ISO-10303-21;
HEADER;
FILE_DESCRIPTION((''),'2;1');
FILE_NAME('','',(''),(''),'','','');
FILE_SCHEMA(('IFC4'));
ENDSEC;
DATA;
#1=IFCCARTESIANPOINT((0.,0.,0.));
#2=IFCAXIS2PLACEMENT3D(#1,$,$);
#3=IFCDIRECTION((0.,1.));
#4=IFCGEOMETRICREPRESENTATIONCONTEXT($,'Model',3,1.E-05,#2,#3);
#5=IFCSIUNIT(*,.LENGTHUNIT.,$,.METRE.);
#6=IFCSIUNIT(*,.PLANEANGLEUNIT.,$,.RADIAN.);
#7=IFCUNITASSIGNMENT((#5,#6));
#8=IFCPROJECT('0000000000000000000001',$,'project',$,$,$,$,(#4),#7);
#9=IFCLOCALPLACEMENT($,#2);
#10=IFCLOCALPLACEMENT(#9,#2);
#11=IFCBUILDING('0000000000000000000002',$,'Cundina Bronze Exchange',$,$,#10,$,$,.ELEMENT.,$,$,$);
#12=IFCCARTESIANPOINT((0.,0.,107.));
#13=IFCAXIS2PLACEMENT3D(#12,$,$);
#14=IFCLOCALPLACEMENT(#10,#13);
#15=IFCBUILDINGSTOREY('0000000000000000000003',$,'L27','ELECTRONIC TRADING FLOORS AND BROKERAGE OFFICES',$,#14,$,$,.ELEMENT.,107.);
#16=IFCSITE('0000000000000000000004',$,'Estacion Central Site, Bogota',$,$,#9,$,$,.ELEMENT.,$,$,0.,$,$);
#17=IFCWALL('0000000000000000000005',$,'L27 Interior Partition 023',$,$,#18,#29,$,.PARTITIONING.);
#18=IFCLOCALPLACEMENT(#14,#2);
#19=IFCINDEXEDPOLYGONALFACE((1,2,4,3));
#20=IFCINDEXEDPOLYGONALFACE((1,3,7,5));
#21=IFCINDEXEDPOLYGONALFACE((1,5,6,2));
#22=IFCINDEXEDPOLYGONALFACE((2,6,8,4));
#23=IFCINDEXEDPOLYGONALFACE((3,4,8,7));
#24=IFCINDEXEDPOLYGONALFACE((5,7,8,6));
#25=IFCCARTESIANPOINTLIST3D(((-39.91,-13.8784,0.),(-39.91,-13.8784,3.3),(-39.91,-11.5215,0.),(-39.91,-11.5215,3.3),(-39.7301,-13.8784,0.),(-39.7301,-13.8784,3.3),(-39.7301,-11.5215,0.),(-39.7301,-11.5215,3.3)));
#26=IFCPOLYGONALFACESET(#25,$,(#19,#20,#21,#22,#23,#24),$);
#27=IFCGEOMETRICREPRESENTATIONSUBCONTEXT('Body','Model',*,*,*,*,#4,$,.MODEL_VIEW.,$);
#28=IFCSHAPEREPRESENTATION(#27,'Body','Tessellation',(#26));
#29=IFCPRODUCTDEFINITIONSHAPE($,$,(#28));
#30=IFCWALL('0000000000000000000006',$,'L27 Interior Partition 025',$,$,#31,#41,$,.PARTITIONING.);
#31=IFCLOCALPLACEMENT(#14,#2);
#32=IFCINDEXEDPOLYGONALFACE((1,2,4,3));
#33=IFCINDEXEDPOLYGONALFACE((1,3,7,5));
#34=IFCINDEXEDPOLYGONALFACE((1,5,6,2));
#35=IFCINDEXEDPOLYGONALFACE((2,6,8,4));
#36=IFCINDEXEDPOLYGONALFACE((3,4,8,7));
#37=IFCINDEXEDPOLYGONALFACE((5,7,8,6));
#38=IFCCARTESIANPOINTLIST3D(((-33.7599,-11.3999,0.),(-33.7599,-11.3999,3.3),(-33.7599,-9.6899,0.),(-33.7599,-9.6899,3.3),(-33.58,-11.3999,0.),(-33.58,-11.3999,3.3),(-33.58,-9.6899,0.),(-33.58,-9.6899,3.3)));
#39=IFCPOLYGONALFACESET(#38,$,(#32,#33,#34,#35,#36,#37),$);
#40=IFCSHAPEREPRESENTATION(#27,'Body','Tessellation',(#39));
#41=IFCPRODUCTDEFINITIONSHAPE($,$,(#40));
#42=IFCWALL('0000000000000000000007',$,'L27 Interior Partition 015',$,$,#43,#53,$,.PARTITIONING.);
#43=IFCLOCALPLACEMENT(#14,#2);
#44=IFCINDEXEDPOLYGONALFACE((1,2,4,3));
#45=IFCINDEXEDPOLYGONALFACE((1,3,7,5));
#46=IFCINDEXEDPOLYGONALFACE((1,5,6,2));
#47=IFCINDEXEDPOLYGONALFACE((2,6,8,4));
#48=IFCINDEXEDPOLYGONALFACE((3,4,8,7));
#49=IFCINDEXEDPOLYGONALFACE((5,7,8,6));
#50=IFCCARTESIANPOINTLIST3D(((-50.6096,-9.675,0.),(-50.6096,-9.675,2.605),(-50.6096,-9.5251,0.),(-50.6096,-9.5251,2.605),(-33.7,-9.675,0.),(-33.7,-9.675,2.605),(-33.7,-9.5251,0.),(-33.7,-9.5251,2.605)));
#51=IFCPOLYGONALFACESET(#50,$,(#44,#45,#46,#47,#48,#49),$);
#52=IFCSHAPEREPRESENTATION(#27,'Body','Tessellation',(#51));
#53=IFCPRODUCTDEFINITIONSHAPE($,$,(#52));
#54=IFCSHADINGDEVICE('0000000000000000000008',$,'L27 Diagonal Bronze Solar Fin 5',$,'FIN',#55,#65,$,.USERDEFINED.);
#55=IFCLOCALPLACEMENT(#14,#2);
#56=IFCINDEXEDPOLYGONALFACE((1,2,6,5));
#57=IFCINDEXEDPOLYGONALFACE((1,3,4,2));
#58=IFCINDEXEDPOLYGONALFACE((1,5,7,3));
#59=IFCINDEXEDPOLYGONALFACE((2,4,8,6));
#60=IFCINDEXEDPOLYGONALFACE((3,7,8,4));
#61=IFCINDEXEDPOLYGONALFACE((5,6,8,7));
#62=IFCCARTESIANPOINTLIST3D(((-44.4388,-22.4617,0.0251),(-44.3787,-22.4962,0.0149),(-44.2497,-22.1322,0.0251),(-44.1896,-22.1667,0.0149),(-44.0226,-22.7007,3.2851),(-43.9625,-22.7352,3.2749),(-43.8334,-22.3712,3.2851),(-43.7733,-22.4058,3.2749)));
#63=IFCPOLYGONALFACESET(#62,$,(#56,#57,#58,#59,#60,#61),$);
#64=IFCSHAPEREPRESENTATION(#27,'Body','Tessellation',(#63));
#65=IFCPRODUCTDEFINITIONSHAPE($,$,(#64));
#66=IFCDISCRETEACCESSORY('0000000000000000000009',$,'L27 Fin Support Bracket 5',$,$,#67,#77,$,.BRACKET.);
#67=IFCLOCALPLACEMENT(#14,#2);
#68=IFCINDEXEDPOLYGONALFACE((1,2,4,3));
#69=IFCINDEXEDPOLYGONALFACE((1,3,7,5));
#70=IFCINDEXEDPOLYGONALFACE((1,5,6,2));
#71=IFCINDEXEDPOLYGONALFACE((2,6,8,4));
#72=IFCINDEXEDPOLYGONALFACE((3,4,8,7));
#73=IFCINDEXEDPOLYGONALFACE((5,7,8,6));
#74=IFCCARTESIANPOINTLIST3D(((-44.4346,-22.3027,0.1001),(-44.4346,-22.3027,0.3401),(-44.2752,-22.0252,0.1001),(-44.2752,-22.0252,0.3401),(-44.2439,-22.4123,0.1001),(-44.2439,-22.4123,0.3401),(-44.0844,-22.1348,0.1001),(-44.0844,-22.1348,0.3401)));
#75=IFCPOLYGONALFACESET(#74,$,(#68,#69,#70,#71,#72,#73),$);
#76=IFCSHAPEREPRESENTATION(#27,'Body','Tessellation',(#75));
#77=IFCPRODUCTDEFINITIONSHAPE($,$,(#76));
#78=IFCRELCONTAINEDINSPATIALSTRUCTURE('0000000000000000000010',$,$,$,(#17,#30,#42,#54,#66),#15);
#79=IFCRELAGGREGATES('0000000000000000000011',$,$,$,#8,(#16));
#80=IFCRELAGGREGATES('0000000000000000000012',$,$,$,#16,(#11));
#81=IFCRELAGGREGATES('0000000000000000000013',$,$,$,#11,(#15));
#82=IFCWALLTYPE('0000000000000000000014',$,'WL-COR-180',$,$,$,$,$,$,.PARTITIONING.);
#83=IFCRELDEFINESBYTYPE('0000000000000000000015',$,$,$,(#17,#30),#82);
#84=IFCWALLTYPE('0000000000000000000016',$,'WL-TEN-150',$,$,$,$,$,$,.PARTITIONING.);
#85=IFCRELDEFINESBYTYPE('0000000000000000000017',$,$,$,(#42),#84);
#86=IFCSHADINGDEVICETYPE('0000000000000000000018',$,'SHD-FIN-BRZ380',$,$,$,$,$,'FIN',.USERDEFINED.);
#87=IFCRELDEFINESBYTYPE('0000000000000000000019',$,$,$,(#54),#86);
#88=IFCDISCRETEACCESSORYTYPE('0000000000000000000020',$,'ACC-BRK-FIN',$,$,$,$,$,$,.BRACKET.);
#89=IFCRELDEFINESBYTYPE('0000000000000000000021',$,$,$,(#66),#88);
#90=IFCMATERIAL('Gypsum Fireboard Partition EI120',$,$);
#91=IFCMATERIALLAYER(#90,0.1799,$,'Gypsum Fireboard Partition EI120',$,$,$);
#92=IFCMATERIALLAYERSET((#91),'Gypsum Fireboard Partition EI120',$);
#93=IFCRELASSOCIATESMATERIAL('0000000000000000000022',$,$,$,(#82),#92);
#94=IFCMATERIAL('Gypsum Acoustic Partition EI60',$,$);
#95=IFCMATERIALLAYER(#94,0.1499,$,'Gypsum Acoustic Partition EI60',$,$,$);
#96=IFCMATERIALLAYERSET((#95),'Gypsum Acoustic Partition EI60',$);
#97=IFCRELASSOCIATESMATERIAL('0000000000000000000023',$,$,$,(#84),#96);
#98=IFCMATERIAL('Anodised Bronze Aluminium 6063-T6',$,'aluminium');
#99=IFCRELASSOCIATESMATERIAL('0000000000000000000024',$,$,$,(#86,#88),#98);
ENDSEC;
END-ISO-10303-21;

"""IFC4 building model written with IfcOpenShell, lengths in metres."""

from ifc_helpers import new_model, si_unit, direction, frame, frame_2d, origin, origin_2d, place, context, subcontext, project, spatial, rectangle, extrude, material, layer, layer_set, material_profile, profile_set, type_object, element, save


model = new_model("IFC4")

# Units and contexts
model_context = context("Model", 3, precision=1e-05, world=origin(), true_north=direction((0.0, 1.0)))
body_context = subcontext(model_context, "Body", "Model", "MODEL_VIEW")
ifc_project = project(units=[si_unit("LENGTHUNIT", "METRE"), si_unit("PLANEANGLEUNIT", "RADIAN")], contexts=[model_context])

# Site, building, storey
site_placement = place(None, origin())
site = spatial("IfcSite", under=ifc_project, at=site_placement, Name="Estacion Central Site, Bogota", CompositionType="ELEMENT", RefElevation=0.0)
building_placement = place(site_placement, origin())
building = spatial("IfcBuilding", under=site, at=building_placement, Name="Cundina Bronze Exchange", CompositionType="ELEMENT")
storey_placement = place(building_placement, frame((0.0, 0.0, 107.0)))
storey = spatial("IfcBuildingStorey", under=building, at=storey_placement, Name="L27", Description="ELECTRONIC TRADING FLOORS AND BROKERAGE OFFICES", CompositionType="ELEMENT", Elevation=107.0)

# Shared definitions
ifc_material_1 = material(Name="Anodised Bronze Aluminium 6063-T6", Category="aluminium")

# Shared definitions
ifc_material_2 = material(Name="Gypsum Fireboard Partition EI120")
ifc_layer_1 = layer(ifc_material_2, 0.1799, Name="Gypsum Fireboard Partition EI120")
ifc_layer_set_1 = layer_set([ifc_layer_1], Name="Gypsum Fireboard Partition EI120")
wall_type_1 = type_object("IfcWallType", Name="WL-COR-180", PredefinedType="PARTITIONING", material=ifc_layer_set_1)

# Walls
wall_1_placement = place(storey_placement, frame((-39.8201, -11.5215, 0.0), z_axis=(0.0, 0.0, 1.0), x_axis=(0.0, -1.0, 0.0)))
element("IfcWall", 1, at=wall_1_placement, inside=storey, type_object=wall_type_1, Name="L27 Interior Partition 023", PredefinedType="PARTITIONING", context=body_context, shape_type="SweptSolid", body=[
    extrude(rectangle(XDim=2.3569, YDim=0.1799, at=frame_2d((1.1785, 0.0))), origin(), (0.0, 0.0, 1.0), 3.3),
])
wall_2_placement = place(storey_placement, frame((-33.6699, -9.6899, 0.0), z_axis=(0.0, 0.0, 1.0), x_axis=(0.0, -1.0, 0.0)))
element("IfcWall", 2, at=wall_2_placement, inside=storey, type_object=wall_type_1, Name="L27 Interior Partition 025", PredefinedType="PARTITIONING", context=body_context, shape_type="SweptSolid", body=[
    extrude(rectangle(XDim=1.71, YDim=0.1799, at=frame_2d((0.855, 0.0))), origin(), (0.0, 0.0, 1.0), 3.3),
])
ifc_material_3 = material(Name="Gypsum Acoustic Partition EI60")
ifc_layer_2 = layer(ifc_material_3, 0.1499, Name="Gypsum Acoustic Partition EI60")
ifc_layer_set_2 = layer_set([ifc_layer_2], Name="Gypsum Acoustic Partition EI60")
wall_type_2 = type_object("IfcWallType", Name="WL-TEN-150", PredefinedType="PARTITIONING", material=ifc_layer_set_2)
wall_3_placement = place(storey_placement, frame((-50.6096, -9.6001, 0.0), z_axis=(0.0, 0.0, 1.0), x_axis=(1.0, 0.0, 0.0)))
element("IfcWall", 3, at=wall_3_placement, inside=storey, type_object=wall_type_2, Name="L27 Interior Partition 015", PredefinedType="PARTITIONING", context=body_context, shape_type="SweptSolid", body=[
    extrude(rectangle(XDim=16.9097, YDim=0.1499, at=frame_2d((8.4548, 0.0))), origin(), (0.0, 0.0, 1.0), 2.605),
])

# Shading device
ifc_material_profile_1 = material_profile(ifc_material_1, rectangle(XDim=0.0701, YDim=0.3799, at=origin_2d()), Name="FIN70X380", Category="aluminium")
ifc_profile_set_1 = profile_set([ifc_material_profile_1], Name="Anodised Bronze Aluminium 6063-T6")
shading_device_type = type_object("IfcShadingDeviceType", Name="SHD-FIN-BRZ380", ElementType="FIN", PredefinedType="USERDEFINED", material=ifc_profile_set_1)
shading_device_placement = place(storey_placement, frame((-44.3142, -22.3142, 0.02), z_axis=(0.126325, -0.072535, 0.989333), x_axis=(-0.857958, 0.492634, 0.145668)))
element("IfcShadingDevice", 4, at=shading_device_placement, inside=storey, type_object=shading_device_type, Name="L27 Diagonal Bronze Solar Fin 5", ObjectType="FIN", PredefinedType="USERDEFINED", context=body_context, shape_type="SweptSolid", body=[
    extrude(rectangle(XDim=0.0701, YDim=0.3799, at=origin_2d()), origin(), (0.0, 0.0, 1.0), 3.2952),
])

# Discrete accessory
discrete_accessory_type = type_object("IfcDiscreteAccessoryType", Name="ACC-BRK-FIN", PredefinedType="BRACKET", material=ifc_material_1)
discrete_accessory_placement = place(storey_placement, frame((-44.2595, -22.2188, 0.1001), z_axis=(0.0, 0.0, 1.0), x_axis=(0.867105, -0.498125, 0.0)))
element("IfcDiscreteAccessory", 5, at=discrete_accessory_placement, inside=storey, type_object=discrete_accessory_type, Name="L27 Fin Support Bracket 5", PredefinedType="BRACKET", context=body_context, shape_type="SweptSolid", body=[
    extrude(rectangle(XDim=0.22, YDim=0.3201, at=origin_2d()), origin(), (0.0, 0.0, 1.0), 0.24),
])

save(model, "model.ifc")
